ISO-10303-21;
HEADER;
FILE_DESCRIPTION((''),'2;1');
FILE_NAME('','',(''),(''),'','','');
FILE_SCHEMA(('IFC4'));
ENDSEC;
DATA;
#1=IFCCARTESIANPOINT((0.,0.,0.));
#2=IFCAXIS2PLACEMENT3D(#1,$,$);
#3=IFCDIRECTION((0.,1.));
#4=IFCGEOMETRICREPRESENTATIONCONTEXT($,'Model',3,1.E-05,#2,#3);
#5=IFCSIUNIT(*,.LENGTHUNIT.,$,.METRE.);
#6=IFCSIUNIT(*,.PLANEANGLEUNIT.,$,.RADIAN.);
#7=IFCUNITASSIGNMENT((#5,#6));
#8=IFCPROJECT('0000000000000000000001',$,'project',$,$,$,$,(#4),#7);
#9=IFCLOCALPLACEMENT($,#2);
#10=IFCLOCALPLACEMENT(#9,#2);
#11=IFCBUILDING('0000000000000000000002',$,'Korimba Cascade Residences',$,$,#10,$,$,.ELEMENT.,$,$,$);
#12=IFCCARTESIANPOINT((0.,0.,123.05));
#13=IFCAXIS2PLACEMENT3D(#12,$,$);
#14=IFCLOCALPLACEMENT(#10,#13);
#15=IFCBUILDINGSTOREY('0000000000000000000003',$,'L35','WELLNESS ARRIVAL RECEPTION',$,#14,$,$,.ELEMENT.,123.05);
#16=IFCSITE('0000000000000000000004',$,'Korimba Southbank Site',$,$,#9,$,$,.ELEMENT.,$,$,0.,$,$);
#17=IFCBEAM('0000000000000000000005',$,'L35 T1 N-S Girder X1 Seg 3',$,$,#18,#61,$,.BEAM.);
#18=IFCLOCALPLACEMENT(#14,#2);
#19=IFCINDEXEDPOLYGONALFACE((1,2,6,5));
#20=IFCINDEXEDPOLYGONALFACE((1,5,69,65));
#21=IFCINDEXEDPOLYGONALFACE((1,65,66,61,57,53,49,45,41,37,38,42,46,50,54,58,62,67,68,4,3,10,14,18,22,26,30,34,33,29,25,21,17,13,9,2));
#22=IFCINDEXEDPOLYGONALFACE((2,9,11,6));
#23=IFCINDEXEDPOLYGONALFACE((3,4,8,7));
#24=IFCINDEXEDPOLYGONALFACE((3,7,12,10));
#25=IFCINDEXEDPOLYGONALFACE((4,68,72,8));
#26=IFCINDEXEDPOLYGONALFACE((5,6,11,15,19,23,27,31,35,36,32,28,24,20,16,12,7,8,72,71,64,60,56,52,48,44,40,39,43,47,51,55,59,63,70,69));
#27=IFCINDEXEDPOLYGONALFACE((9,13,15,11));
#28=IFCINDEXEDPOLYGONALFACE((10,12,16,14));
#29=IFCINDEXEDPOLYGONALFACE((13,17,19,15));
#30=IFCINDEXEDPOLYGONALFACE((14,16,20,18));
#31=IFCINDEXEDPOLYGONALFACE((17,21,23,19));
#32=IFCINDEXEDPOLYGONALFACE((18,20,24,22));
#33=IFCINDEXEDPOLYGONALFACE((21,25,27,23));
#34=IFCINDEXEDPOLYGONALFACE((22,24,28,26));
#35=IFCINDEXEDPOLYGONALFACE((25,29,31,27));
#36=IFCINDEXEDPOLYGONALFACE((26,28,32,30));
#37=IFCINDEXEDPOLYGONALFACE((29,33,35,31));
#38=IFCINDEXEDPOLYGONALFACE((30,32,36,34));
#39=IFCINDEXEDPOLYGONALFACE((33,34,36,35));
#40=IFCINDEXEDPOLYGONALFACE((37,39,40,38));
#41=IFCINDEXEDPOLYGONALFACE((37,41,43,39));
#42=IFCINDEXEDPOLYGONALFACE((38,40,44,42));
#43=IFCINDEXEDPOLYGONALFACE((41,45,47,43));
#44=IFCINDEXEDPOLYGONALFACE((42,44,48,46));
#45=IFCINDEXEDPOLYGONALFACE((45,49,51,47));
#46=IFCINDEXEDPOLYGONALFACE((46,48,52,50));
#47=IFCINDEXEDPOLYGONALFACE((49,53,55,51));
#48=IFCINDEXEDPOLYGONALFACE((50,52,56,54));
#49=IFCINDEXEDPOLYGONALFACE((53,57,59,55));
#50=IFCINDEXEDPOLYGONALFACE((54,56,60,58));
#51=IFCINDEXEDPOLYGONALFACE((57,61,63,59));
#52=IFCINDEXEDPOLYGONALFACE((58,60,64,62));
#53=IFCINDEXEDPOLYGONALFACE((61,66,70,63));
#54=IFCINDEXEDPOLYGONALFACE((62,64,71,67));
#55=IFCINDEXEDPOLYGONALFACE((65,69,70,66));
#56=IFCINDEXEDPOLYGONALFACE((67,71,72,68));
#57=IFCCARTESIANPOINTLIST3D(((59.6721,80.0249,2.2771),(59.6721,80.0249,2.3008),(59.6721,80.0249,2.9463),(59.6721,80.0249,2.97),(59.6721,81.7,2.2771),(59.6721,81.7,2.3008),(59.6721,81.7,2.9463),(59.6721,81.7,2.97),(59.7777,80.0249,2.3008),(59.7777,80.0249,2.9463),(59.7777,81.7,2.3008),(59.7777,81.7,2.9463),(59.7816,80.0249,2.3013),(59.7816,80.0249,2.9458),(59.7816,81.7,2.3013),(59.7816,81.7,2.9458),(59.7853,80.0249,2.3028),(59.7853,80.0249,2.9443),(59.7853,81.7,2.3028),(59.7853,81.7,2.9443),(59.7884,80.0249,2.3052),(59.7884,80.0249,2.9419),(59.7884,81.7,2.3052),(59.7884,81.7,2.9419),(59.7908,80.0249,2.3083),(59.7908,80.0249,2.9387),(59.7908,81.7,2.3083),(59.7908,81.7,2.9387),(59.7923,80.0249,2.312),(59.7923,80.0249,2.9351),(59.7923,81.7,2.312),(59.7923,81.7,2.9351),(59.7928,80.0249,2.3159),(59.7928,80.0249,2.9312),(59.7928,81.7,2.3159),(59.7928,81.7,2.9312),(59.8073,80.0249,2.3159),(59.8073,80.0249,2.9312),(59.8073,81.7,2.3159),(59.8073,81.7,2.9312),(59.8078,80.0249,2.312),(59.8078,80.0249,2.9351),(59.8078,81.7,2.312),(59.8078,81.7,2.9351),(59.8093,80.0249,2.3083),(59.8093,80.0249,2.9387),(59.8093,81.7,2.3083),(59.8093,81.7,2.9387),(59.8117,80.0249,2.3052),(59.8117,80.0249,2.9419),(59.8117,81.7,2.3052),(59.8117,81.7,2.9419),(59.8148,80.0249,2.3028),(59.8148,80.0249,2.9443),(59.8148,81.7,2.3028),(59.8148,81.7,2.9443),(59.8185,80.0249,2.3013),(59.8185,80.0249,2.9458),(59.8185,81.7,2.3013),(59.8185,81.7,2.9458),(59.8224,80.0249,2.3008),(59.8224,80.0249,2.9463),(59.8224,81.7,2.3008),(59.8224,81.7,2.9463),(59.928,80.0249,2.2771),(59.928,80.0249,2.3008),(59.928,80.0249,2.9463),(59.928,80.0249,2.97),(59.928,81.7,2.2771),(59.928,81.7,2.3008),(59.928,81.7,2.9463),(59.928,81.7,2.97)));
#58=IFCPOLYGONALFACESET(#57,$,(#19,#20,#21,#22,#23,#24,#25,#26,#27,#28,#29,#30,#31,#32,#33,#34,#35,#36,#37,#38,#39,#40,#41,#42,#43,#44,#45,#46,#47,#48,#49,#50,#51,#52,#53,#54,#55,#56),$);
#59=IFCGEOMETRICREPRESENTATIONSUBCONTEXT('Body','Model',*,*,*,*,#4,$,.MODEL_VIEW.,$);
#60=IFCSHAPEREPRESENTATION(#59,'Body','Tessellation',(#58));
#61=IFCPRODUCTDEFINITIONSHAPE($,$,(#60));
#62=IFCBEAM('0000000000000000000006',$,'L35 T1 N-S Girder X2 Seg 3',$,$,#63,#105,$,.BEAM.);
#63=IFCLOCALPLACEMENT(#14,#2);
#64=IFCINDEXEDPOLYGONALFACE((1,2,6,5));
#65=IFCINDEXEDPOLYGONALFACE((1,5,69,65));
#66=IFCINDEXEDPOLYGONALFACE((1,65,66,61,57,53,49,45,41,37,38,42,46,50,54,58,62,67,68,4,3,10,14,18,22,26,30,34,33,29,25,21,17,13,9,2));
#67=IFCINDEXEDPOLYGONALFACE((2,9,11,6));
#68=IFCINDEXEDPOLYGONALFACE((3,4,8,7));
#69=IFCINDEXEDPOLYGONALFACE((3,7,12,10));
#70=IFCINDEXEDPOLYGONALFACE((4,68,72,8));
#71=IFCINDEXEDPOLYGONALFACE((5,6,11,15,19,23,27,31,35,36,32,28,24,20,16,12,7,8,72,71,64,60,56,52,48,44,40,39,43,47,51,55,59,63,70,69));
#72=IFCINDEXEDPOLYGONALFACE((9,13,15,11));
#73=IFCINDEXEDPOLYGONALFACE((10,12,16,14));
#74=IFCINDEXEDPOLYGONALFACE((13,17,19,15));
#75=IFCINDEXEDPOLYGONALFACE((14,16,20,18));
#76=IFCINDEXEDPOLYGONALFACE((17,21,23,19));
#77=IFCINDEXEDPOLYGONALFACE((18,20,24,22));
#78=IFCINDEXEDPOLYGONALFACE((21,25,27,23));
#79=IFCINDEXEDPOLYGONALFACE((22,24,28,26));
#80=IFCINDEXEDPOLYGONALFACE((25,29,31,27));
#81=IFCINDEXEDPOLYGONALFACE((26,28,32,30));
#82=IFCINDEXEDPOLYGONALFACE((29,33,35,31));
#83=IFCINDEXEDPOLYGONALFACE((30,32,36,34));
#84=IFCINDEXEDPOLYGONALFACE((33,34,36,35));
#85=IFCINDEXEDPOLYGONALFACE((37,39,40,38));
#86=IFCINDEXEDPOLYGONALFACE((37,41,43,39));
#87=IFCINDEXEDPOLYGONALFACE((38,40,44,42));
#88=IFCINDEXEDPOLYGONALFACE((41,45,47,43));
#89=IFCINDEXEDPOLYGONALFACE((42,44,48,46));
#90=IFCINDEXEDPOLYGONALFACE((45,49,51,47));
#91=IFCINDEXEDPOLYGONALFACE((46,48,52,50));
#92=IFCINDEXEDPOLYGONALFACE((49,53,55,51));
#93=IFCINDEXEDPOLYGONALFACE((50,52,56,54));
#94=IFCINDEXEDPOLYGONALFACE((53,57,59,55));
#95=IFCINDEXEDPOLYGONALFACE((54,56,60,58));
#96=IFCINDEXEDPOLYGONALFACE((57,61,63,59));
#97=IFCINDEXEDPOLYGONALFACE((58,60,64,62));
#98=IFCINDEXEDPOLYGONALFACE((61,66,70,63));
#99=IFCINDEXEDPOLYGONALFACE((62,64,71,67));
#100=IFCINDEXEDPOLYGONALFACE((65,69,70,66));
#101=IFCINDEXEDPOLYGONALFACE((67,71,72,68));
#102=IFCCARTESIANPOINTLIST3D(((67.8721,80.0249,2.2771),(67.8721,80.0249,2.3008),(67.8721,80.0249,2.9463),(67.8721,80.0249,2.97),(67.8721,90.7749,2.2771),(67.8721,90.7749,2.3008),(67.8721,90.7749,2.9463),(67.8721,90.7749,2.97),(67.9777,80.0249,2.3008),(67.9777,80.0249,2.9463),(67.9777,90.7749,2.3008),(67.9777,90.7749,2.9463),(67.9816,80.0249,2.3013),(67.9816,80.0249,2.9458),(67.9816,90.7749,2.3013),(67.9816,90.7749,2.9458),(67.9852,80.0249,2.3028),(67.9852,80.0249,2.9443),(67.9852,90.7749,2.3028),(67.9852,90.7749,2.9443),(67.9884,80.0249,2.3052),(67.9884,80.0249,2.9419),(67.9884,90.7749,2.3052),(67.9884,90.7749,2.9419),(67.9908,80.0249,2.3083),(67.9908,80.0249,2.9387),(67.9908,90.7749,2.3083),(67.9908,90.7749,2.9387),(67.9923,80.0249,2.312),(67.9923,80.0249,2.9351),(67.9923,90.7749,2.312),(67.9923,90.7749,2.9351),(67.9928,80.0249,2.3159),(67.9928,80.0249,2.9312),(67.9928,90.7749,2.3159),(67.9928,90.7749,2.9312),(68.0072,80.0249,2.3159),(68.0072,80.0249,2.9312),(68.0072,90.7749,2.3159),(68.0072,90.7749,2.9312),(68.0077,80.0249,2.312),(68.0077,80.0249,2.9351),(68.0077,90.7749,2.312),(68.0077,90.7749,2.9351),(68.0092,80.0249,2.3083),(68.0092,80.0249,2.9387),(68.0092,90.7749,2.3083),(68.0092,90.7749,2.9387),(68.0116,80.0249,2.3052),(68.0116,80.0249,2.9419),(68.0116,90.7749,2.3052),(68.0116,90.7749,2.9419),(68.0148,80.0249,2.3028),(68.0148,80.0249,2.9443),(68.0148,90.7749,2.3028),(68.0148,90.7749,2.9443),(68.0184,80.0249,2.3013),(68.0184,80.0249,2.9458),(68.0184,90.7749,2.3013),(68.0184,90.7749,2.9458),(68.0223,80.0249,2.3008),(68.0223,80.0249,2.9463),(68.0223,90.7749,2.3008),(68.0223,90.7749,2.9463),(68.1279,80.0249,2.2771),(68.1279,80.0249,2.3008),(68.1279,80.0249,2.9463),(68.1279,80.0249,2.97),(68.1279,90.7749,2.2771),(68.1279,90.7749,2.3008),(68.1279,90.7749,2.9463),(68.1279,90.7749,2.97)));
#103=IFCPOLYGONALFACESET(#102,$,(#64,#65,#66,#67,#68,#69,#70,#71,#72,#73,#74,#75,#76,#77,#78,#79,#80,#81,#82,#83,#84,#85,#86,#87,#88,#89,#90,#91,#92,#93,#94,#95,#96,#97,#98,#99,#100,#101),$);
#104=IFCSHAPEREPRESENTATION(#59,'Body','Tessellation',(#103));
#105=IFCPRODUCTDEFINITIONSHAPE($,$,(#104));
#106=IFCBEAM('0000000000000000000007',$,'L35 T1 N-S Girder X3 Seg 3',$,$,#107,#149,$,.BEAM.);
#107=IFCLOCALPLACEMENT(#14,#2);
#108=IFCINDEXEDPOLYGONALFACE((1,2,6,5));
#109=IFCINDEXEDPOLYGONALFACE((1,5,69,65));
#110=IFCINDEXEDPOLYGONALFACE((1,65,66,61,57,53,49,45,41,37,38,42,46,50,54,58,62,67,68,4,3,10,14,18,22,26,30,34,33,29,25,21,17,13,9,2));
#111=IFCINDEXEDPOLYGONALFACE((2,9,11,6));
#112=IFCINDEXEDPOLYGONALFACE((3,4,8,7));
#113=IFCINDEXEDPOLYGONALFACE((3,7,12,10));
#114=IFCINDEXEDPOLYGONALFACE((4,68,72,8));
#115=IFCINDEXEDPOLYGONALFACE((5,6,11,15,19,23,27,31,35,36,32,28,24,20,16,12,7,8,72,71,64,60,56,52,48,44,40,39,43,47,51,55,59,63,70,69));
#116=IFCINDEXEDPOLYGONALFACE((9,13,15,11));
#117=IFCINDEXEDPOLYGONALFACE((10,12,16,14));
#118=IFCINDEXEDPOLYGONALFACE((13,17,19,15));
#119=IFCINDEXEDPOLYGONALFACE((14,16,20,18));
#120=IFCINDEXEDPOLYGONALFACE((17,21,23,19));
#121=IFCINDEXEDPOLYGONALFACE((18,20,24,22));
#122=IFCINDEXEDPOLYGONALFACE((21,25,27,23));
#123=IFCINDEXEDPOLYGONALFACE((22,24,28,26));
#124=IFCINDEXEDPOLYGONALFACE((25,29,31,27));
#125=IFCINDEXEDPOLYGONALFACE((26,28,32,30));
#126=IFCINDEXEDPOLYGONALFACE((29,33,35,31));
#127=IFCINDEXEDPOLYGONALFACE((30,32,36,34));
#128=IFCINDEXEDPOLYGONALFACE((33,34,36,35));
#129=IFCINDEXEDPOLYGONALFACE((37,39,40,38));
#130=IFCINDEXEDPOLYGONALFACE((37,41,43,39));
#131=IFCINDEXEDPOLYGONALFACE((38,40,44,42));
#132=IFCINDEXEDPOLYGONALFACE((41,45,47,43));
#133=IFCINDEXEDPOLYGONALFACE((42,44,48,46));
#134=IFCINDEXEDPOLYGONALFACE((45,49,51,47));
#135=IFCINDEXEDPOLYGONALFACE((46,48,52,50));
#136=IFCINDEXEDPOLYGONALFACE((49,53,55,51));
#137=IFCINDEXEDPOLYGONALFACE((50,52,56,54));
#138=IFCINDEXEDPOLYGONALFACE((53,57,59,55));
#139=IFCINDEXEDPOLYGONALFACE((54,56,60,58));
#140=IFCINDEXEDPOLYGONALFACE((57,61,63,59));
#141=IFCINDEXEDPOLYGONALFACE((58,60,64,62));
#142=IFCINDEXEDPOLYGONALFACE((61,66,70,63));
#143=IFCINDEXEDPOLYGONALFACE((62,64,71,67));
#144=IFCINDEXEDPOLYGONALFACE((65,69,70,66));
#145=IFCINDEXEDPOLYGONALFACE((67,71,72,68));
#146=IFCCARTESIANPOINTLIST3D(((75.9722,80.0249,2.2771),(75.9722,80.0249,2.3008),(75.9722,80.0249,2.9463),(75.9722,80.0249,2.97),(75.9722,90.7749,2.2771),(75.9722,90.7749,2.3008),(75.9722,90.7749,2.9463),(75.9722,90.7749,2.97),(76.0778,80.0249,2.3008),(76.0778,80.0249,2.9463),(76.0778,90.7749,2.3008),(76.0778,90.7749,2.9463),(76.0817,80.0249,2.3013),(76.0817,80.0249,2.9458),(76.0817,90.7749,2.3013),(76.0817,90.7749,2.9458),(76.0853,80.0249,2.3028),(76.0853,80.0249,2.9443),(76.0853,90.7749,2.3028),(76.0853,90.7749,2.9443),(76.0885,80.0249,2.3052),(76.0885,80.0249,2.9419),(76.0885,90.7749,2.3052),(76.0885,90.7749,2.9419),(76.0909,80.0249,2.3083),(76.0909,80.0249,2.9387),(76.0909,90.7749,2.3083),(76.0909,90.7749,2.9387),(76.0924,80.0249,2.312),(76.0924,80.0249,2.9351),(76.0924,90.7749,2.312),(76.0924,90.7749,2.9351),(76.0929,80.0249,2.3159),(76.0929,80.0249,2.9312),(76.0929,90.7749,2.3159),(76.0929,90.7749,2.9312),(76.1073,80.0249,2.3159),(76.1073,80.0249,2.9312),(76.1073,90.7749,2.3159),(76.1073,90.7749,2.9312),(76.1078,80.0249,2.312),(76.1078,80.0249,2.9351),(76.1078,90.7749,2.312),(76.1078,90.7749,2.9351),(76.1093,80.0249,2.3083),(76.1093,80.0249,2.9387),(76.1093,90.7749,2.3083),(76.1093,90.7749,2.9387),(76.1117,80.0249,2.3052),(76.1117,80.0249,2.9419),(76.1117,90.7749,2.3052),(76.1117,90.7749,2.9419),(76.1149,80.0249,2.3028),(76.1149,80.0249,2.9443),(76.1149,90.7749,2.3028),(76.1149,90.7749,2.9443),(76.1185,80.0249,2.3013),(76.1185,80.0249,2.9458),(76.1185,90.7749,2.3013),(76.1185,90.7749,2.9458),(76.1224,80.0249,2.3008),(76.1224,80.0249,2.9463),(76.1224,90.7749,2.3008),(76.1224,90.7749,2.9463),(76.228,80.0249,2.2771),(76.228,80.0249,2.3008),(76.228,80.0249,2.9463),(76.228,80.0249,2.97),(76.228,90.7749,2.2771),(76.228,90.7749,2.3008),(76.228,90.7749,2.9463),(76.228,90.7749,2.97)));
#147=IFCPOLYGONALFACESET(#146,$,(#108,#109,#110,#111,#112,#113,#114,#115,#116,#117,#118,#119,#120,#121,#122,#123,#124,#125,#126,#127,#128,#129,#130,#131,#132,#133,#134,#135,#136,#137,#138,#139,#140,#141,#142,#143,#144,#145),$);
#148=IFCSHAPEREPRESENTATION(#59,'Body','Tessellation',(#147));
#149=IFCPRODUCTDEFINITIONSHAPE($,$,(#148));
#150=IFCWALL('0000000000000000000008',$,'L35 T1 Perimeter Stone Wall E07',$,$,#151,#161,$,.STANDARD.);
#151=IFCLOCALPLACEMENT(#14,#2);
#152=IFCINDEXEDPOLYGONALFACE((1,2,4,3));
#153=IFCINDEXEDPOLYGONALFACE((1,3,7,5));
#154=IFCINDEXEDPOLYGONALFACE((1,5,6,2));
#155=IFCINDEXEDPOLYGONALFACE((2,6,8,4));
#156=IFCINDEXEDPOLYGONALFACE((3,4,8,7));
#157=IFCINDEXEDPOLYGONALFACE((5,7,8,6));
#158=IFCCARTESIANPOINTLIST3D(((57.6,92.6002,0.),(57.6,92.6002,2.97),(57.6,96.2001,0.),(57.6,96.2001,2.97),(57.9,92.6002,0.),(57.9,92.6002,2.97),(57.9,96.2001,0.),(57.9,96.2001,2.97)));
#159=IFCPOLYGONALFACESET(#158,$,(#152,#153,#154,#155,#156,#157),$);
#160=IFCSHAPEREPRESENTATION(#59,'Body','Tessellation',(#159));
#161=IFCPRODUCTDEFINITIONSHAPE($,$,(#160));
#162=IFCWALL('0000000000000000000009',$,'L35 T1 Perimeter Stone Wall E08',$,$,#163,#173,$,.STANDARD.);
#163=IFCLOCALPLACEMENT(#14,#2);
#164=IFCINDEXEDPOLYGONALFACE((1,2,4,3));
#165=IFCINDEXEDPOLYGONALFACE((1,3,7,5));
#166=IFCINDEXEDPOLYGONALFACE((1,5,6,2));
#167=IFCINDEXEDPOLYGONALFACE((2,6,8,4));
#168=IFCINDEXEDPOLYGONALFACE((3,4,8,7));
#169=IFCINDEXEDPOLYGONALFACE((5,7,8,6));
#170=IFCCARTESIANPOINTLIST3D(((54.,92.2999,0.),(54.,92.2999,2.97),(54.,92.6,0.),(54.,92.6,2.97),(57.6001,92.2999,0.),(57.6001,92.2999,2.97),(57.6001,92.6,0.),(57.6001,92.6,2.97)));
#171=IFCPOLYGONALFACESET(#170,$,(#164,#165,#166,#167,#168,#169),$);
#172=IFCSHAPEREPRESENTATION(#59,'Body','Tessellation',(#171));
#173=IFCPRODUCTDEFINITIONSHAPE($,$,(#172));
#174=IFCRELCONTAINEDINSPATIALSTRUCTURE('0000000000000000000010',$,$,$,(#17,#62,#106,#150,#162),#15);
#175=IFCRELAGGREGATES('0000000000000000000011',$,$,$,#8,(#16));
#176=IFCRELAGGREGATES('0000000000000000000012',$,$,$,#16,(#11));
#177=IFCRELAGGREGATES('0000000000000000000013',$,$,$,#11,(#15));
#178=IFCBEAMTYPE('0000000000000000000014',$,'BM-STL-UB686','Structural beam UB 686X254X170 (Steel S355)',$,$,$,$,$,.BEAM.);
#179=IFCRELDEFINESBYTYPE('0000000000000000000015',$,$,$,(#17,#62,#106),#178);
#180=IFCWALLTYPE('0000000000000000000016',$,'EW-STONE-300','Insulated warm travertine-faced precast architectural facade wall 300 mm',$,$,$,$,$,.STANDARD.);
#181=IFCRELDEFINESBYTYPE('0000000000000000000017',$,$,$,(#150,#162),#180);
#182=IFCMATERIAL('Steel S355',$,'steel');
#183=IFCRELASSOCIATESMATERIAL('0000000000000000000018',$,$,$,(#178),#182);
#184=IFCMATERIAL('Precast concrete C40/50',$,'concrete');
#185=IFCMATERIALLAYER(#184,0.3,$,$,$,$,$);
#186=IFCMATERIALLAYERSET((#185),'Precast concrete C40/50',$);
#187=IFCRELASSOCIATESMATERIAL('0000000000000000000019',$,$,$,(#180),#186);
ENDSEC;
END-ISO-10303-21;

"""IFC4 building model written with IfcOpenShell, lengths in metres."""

from ifc_helpers import new_model, si_unit, direction, frame, frame_2d, origin, origin_2d, place, context, subcontext, project, spatial, rectangle, i_section, extrude, material, layer, layer_set, material_profile, profile_set, type_object, element, save


model = new_model("IFC4")

# Units and contexts
model_context = context("Model", 3, precision=1e-05, world=origin(), true_north=direction((0.0, 1.0)))
body_context = subcontext(model_context, "Body", "Model", "MODEL_VIEW")
ifc_project = project(units=[si_unit("LENGTHUNIT", "METRE"), si_unit("PLANEANGLEUNIT", "RADIAN")], contexts=[model_context])

# Site, building, storey
site_placement = place(None, origin())
site = spatial("IfcSite", under=ifc_project, at=site_placement, Name="Korimba Southbank Site", CompositionType="ELEMENT", RefElevation=0.0)
building_placement = place(site_placement, origin())
building = spatial("IfcBuilding", under=site, at=building_placement, Name="Korimba Cascade Residences", CompositionType="ELEMENT")
storey_placement = place(building_placement, frame((0.0, 0.0, 123.05)))
storey = spatial("IfcBuildingStorey", under=building, at=storey_placement, Name="L35", Description="WELLNESS ARRIVAL RECEPTION", CompositionType="ELEMENT", Elevation=123.05)

# Beams
ifc_material_1 = material(Name="Steel S355", Category="steel")
ifc_material_profile_1 = material_profile(ifc_material_1, i_section(OverallWidth=0.2559, OverallDepth=0.6929, WebThickness=0.0144, FlangeThickness=0.0237, FilletRadius=0.0151, at=origin_2d()), Name="Steel S355")
ifc_profile_set_1 = profile_set([ifc_material_profile_1], Name="Steel S355")
beam_type_1 = type_object("IfcBeamType", Name="BM-STL-UB686", Description="Structural beam UB 686X254X170 (Steel S355)", PredefinedType="BEAM", material=ifc_profile_set_1)
beam_1_placement = place(storey_placement, frame((59.8, 80.0249, 2.6235), z_axis=(0.0, 1.0, 0.0), x_axis=(-1.0, 0.0, 0.0)))
element("IfcBeam", 1, at=beam_1_placement, inside=storey, type_object=beam_type_1, Name="L35 T1 N-S Girder X1 Seg 3", PredefinedType="BEAM", context=body_context, shape_type="SweptSolid", body=[
    extrude(i_section(OverallWidth=0.2559, OverallDepth=0.6929, WebThickness=0.0144, FlangeThickness=0.0237, FilletRadius=0.0151, at=origin_2d()), origin(), (0.0, 0.0, 1.0), 1.675),
])
for number, where, z_axis, x_axis, name in (
    (2, (68.0, 80.0249, 2.6235), (0.0, 1.0, 0.0), (-1.0, 0.0, 0.0), "L35 T1 N-S Girder X2 Seg 3"),
    (3, (76.1001, 80.0249, 2.6235), (0.0, 1.0, 0.0), (-1.0, 0.0, 0.0), "L35 T1 N-S Girder X3 Seg 3"),
):
    element("IfcBeam", number, at=place(storey_placement, frame(where, z_axis=z_axis, x_axis=x_axis)), inside=storey, type_object=beam_type_1, Name=name, PredefinedType="BEAM", context=body_context, shape_type="SweptSolid", body=[
        extrude(i_section(OverallWidth=0.2559, OverallDepth=0.6929, WebThickness=0.0144, FlangeThickness=0.0237, FilletRadius=0.0151, at=origin_2d()), origin(), (0.0, 0.0, 1.0), 10.75),
    ])

# Walls
ifc_material_2 = material(Name="Precast concrete C40/50", Category="concrete")
ifc_layer_1 = layer(ifc_material_2, 0.3)
ifc_layer_set_1 = layer_set([ifc_layer_1], Name="Precast concrete C40/50")
wall_type_1 = type_object("IfcWallType", Name="EW-STONE-300", Description="Insulated warm travertine-faced precast architectural facade wall 300 mm", PredefinedType="STANDARD", material=ifc_layer_set_1)
wall_1_placement = place(storey_placement, frame((57.75, 96.2, 0.0), z_axis=(0.0, 0.0, 1.0), x_axis=(0.0, -1.0, 0.0)))
element("IfcWall", 4, at=wall_1_placement, inside=storey, type_object=wall_type_1, Name="L35 T1 Perimeter Stone Wall E07", PredefinedType="STANDARD", context=body_context, shape_type="SweptSolid", body=[
    extrude(rectangle(XDim=3.5999, YDim=0.3, at=frame_2d((1.7998, 0.0))), origin(), (0.0, 0.0, 1.0), 2.97),
])
wall_2_placement = place(storey_placement, frame((57.6001, 92.45, 0.0), z_axis=(0.0, 0.0, 1.0), x_axis=(-1.0, 0.0, 0.0)))
element("IfcWall", 5, at=wall_2_placement, inside=storey, type_object=wall_type_1, Name="L35 T1 Perimeter Stone Wall E08", PredefinedType="STANDARD", context=body_context, shape_type="SweptSolid", body=[
    extrude(rectangle(XDim=3.6001, YDim=0.3, at=frame_2d((1.8, 0.0))), origin(), (0.0, 0.0, 1.0), 2.97),
])

save(model, "model.ifc")
